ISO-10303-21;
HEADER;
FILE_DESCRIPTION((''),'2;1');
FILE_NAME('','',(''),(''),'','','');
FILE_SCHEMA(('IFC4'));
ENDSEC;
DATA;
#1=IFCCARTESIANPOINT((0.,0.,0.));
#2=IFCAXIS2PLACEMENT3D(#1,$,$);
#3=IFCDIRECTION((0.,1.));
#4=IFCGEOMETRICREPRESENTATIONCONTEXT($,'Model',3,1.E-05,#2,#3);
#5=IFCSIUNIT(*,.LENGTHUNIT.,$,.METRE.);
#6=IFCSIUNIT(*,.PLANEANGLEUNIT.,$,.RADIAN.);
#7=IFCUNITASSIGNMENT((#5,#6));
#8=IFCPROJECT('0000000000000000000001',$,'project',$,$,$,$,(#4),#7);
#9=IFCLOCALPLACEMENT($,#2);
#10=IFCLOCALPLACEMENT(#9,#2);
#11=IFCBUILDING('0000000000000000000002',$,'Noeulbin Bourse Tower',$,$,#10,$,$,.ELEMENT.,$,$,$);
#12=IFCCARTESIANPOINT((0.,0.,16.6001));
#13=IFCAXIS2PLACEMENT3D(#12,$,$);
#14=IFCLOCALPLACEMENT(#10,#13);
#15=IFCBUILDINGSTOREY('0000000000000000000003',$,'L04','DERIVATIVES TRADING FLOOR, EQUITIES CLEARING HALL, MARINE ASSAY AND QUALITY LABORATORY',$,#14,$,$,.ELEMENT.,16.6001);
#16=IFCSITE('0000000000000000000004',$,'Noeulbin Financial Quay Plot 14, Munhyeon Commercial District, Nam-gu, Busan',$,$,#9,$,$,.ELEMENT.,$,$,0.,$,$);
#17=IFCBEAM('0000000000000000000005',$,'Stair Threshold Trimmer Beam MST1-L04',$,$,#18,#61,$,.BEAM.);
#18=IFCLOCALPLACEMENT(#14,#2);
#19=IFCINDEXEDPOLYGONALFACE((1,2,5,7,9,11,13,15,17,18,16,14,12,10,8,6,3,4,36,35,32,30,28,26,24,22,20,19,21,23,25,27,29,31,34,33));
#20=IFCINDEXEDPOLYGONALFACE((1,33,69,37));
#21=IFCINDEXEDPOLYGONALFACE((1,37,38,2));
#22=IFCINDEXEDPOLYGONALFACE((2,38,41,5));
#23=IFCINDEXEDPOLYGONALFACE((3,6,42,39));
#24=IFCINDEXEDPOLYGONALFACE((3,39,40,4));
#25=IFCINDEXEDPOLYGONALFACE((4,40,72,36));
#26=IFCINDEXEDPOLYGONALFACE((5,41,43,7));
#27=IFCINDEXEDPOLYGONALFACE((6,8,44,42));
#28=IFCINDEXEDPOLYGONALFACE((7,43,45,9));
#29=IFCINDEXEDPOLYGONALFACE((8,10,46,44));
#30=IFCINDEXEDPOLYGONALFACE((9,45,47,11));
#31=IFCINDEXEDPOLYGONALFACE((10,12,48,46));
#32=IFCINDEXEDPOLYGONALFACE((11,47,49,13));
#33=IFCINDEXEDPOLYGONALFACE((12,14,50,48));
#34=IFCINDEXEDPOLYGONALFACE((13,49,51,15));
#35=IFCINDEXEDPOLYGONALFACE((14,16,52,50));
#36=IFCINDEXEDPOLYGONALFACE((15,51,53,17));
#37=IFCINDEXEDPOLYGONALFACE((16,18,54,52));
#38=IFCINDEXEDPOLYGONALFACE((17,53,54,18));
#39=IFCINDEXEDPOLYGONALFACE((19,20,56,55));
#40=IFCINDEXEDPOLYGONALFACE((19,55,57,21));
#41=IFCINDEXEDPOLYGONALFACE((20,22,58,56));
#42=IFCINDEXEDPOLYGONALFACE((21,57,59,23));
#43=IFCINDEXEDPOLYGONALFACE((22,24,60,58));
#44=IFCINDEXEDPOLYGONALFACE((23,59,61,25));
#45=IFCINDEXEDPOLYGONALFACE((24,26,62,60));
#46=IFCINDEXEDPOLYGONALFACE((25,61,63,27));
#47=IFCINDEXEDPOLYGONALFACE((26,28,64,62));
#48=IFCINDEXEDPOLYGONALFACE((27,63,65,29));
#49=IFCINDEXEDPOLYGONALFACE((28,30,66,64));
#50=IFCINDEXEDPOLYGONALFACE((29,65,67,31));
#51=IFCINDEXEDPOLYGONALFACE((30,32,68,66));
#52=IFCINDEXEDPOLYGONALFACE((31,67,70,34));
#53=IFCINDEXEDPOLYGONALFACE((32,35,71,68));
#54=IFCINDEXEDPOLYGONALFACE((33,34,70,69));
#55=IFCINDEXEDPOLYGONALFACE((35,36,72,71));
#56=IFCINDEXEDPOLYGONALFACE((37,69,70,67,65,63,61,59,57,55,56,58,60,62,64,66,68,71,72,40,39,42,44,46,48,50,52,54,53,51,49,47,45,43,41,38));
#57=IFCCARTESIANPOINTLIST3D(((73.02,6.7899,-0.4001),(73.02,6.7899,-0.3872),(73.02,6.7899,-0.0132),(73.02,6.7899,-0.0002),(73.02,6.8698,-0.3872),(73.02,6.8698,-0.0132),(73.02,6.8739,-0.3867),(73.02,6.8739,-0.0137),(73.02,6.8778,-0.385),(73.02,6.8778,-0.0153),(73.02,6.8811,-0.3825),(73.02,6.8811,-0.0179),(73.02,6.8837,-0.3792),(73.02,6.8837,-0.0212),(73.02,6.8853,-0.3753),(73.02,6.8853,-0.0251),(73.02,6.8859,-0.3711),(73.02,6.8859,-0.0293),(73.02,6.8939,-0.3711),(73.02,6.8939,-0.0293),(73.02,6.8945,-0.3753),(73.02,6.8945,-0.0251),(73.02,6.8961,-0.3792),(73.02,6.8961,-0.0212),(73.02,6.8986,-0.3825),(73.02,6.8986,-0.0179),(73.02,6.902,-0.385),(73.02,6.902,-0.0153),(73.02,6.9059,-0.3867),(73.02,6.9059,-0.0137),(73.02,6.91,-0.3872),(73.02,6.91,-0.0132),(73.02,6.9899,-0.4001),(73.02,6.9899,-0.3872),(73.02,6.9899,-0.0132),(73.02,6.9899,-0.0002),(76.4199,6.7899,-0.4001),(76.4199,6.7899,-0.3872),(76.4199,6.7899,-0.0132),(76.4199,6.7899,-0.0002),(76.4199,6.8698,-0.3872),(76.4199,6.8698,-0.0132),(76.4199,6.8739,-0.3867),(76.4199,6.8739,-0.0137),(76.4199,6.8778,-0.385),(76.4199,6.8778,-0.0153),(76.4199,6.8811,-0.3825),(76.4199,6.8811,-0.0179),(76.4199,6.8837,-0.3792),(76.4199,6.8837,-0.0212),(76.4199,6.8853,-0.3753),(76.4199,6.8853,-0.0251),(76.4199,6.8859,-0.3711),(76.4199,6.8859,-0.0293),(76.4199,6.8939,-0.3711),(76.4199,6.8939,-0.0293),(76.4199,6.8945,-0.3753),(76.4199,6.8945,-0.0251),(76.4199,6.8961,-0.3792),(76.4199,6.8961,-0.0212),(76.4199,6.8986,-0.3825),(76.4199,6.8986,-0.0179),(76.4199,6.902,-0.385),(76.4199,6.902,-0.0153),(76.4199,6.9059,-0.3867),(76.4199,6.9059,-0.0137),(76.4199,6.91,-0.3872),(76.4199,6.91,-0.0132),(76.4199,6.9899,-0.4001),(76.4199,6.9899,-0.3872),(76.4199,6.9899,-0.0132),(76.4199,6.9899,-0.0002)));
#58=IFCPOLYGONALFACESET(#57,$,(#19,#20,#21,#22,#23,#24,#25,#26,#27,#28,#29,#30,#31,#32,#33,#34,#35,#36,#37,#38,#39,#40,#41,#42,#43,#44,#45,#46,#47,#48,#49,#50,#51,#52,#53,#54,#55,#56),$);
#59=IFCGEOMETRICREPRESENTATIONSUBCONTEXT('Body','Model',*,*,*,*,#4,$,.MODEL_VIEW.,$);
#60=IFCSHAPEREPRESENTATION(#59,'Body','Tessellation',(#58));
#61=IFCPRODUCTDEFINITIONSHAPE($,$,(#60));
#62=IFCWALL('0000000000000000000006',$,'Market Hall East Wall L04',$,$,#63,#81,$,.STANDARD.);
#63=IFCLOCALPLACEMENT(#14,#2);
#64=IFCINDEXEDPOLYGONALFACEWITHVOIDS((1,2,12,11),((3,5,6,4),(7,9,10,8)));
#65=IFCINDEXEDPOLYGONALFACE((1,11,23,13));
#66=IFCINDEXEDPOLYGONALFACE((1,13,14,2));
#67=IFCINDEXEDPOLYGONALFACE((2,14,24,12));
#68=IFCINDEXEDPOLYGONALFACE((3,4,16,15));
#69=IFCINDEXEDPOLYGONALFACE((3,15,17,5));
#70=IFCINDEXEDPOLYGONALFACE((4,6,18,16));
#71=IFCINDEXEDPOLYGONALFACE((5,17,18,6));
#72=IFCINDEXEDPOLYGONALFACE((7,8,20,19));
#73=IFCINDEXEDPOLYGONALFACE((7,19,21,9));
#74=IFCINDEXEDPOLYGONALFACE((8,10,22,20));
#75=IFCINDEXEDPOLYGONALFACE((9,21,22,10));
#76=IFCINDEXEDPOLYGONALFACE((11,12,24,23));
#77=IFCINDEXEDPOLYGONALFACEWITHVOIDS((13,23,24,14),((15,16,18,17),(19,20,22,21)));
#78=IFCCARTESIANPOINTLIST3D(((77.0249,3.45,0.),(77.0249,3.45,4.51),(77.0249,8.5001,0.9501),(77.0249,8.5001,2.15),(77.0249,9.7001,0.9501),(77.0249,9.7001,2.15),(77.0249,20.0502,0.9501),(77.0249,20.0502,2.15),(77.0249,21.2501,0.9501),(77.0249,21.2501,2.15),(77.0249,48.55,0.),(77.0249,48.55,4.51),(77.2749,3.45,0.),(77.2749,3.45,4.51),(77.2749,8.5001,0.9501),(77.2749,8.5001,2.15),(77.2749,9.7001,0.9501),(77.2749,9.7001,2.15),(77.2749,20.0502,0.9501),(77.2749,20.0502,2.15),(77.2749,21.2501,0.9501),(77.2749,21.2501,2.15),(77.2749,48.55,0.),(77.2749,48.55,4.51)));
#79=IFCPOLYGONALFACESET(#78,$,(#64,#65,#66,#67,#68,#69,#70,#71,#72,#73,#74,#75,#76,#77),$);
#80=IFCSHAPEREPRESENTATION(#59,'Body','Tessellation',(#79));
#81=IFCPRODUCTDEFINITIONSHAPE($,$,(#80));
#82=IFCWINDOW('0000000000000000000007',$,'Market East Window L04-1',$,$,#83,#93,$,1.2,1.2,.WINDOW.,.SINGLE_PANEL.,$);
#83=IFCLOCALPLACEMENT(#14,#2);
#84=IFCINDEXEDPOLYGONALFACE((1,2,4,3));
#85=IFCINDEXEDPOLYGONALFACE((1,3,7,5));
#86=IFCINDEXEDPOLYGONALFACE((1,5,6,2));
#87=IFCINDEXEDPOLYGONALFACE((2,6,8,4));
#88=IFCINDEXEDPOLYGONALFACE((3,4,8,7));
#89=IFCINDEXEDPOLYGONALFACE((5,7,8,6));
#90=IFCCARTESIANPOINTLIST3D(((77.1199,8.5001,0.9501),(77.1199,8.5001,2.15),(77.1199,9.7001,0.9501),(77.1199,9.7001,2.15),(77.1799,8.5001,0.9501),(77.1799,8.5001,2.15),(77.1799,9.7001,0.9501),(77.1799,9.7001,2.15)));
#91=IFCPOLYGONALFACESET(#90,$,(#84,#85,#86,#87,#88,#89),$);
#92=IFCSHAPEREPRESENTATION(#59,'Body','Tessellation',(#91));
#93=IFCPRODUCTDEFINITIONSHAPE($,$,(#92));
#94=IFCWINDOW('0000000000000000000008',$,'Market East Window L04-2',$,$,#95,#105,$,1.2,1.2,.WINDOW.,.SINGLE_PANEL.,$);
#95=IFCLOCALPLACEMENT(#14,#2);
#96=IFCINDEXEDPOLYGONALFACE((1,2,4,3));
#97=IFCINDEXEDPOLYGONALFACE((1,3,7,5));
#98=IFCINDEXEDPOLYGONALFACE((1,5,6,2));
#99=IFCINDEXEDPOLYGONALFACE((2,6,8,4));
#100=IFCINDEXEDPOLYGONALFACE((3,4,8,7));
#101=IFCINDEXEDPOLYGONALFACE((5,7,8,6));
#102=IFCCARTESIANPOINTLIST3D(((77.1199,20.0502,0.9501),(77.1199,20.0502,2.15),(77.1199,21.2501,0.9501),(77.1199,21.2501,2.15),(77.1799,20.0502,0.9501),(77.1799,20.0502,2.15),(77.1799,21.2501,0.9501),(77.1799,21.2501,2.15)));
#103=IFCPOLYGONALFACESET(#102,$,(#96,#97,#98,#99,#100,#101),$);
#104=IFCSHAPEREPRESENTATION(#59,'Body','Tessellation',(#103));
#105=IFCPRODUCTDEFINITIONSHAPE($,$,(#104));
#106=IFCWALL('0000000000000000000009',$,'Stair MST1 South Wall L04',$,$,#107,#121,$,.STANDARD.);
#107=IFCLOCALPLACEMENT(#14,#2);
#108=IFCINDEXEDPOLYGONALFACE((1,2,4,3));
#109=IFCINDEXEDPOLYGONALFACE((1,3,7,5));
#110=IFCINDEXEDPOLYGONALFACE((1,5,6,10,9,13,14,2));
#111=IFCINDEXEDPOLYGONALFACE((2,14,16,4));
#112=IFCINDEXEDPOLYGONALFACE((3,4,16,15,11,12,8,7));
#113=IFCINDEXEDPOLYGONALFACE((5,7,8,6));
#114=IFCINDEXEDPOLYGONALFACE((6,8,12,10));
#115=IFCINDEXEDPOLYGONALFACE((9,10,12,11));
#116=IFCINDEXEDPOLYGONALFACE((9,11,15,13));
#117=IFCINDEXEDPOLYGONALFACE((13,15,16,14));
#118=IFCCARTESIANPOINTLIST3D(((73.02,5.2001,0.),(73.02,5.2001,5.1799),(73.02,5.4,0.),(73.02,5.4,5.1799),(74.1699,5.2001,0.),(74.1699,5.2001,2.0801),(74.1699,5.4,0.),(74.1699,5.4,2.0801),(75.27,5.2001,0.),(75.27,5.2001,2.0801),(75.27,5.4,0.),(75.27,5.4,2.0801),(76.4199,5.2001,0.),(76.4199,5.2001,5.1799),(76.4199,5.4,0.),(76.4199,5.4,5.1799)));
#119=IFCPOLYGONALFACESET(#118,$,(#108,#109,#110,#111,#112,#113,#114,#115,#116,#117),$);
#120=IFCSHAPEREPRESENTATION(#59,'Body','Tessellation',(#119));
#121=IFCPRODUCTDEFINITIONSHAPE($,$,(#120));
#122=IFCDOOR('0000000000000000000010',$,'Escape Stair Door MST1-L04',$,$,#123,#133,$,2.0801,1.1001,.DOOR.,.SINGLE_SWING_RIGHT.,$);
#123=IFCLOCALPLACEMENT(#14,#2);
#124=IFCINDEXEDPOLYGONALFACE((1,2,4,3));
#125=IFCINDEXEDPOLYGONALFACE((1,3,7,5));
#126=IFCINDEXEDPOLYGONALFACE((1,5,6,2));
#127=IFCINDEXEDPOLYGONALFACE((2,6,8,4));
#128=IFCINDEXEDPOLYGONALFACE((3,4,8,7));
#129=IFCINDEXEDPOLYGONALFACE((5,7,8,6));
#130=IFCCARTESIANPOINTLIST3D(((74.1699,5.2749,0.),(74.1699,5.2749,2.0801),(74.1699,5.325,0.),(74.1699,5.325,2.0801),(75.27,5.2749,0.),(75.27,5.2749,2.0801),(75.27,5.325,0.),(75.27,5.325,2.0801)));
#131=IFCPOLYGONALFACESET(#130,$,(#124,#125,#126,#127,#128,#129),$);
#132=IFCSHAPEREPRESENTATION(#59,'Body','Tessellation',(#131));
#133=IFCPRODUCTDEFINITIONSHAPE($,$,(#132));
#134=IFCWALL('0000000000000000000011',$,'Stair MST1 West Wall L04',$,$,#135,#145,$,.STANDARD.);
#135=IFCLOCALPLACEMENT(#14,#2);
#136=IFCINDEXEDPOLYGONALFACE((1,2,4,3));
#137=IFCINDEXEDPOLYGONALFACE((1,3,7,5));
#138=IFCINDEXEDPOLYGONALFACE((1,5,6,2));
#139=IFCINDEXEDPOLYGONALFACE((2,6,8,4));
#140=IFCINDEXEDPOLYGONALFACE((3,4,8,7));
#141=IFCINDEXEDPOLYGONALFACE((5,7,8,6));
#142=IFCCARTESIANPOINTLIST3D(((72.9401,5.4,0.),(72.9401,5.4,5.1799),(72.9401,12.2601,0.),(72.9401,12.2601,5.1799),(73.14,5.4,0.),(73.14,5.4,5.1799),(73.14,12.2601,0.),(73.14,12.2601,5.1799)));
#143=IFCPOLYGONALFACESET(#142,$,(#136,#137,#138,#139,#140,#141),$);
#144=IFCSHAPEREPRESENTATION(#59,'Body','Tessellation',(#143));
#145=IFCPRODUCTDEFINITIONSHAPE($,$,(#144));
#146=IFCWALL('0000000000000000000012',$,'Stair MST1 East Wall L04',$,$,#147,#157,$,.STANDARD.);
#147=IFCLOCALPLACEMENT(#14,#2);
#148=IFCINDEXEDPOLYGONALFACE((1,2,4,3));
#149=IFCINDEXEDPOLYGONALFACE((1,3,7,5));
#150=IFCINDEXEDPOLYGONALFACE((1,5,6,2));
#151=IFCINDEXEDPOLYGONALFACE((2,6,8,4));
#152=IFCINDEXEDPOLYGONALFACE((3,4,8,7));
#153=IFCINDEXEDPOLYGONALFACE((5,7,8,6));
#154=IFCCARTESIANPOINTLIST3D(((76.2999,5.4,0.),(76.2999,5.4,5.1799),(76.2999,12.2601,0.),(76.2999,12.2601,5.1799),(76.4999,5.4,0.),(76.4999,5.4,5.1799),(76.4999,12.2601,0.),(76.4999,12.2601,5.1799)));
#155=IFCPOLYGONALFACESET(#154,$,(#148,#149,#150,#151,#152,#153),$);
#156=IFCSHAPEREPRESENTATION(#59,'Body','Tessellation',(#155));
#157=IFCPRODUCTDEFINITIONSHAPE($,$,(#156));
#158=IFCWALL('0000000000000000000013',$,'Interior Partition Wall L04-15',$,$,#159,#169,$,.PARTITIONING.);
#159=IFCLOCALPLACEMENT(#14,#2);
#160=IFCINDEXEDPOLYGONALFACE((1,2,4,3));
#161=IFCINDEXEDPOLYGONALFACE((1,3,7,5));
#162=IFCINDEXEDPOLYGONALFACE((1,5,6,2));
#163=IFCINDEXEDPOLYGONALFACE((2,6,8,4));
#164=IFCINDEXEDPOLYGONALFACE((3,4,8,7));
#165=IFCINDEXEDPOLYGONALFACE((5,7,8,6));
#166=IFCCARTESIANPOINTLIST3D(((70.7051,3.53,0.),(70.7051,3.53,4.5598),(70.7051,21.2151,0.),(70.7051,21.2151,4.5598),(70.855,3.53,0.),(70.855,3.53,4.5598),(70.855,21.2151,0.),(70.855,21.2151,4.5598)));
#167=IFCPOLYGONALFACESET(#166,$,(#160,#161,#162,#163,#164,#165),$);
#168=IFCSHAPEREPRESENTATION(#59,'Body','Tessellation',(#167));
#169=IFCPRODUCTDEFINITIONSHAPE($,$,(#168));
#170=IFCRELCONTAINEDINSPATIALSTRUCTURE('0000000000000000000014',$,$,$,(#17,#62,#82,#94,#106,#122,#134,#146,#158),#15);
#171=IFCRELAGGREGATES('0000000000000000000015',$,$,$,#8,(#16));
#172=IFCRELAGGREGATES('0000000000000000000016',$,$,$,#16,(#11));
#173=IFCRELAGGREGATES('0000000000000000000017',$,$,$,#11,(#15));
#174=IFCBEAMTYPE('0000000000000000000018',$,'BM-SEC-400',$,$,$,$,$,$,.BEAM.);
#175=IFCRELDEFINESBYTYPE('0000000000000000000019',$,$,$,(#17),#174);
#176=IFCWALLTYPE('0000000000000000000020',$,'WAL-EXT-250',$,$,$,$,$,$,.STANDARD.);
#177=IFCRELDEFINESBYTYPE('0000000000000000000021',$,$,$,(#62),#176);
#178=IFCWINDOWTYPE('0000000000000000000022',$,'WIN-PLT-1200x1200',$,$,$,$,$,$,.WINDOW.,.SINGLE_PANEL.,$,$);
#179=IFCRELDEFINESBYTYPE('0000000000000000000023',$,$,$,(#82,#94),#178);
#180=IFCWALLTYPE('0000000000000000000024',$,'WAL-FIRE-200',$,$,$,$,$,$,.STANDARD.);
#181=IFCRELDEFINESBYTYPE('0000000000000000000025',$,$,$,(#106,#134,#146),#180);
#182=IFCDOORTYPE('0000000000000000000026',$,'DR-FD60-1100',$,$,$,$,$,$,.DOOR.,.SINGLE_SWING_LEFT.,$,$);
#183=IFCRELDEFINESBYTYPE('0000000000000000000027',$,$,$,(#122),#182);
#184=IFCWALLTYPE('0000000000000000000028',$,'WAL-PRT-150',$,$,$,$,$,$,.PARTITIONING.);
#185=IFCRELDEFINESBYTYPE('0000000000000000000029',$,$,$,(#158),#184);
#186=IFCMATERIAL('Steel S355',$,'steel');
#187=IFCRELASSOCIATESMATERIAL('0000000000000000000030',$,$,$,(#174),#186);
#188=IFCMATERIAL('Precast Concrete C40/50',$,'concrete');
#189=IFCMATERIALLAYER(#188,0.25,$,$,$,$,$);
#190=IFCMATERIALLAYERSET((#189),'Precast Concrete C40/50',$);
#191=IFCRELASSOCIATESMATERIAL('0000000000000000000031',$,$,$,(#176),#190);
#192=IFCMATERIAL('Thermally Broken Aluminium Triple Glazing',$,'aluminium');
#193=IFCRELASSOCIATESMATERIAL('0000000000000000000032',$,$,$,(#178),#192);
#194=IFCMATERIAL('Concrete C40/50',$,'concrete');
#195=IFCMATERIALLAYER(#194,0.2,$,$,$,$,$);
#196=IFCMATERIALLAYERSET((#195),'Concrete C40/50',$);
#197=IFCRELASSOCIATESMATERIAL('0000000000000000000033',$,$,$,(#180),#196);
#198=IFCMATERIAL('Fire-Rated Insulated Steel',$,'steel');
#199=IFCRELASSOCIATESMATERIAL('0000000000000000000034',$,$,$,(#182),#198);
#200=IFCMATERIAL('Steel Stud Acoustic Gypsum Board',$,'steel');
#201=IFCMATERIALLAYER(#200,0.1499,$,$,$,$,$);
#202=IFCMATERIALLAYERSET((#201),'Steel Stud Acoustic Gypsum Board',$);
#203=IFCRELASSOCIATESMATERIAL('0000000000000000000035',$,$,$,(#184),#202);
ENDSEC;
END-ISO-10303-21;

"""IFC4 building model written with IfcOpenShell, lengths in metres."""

from ifc_helpers import new_model, si_unit, direction, frame, frame_2d, origin, origin_2d, place, context, subcontext, project, spatial, rectangle, i_section, extrude, material, layer, layer_set, material_profile, profile_set, type_object, element, fill, save


model = new_model("IFC4")

# Units and contexts
model_context = context("Model", 3, precision=1e-05, world=origin(), true_north=direction((0.0, 1.0)))
body_context = subcontext(model_context, "Body", "Model", "MODEL_VIEW")
ifc_project = project(units=[si_unit("LENGTHUNIT", "METRE"), si_unit("PLANEANGLEUNIT", "RADIAN")], contexts=[model_context])

# Site, building, storey
site_placement = place(None, origin())
site = spatial("IfcSite", under=ifc_project, at=site_placement, Name="Noeulbin Financial Quay Plot 14, Munhyeon Commercial District, Nam-gu, Busan", CompositionType="ELEMENT", RefElevation=0.0)
building_placement = place(site_placement, origin())
building = spatial("IfcBuilding", under=site, at=building_placement, Name="Noeulbin Bourse Tower", CompositionType="ELEMENT")
storey_placement = place(building_placement, frame((0.0, 0.0, 16.6001)))
storey = spatial("IfcBuildingStorey", under=building, at=storey_placement, Name="L04", Description="DERIVATIVES TRADING FLOOR, EQUITIES CLEARING HALL, MARINE ASSAY AND QUALITY LABORATORY", CompositionType="ELEMENT", Elevation=16.6001)

# Shared definitions
ifc_material_1 = material(Name="Steel S355", Category="steel")

# Beam
ifc_material_profile_1 = material_profile(ifc_material_1, i_section(OverallWidth=0.2, OverallDepth=0.3999, WebThickness=0.0081, FlangeThickness=0.0129, FilletRadius=0.0161, at=origin_2d()), Name="H-400x200x8x13", Category="LoadBearing")
ifc_profile_set_1 = profile_set([ifc_material_profile_1], Name="Steel S355")
beam_type_1 = type_object("IfcBeamType", Name="BM-SEC-400", PredefinedType="BEAM", material=ifc_profile_set_1)
beam_1_placement = place(storey_placement, frame((73.02, 6.8899, -0.2002), z_axis=(1.0, 0.0, 0.0), x_axis=(0.0, 1.0, 0.0)))
element("IfcBeam", 1, at=beam_1_placement, inside=storey, type_object=beam_type_1, Name="Stair Threshold Trimmer Beam MST1-L04", PredefinedType="BEAM", context=body_context, shape_type="SweptSolid", body=[
    extrude(i_section(OverallWidth=0.2, OverallDepth=0.3999, WebThickness=0.0081, FlangeThickness=0.0129, FilletRadius=0.0161, at=origin_2d()), origin(), (0.0, 0.0, 1.0), 3.3999),
])

# Wall, openings, windows
ifc_material_2 = material(Name="Precast Concrete C40/50", Category="concrete")
ifc_layer_1 = layer(ifc_material_2, 0.25)
ifc_layer_set_1 = layer_set([ifc_layer_1], Name="Precast Concrete C40/50")
wall_type_1 = type_object("IfcWallType", Name="WAL-EXT-250", PredefinedType="STANDARD", material=ifc_layer_set_1)
wall_1_placement = place(storey_placement, frame((77.1499, 3.45, 0.0), z_axis=(0.0, 0.0, 1.0), x_axis=(0.0, 1.0, 0.0)))
wall_1 = element("IfcWall", 2, at=wall_1_placement, inside=storey, type_object=wall_type_1, Name="Market Hall East Wall L04", PredefinedType="STANDARD", context=body_context, shape_type="SweptSolid", body=[
    extrude(rectangle(XDim=45.1001, YDim=0.25, at=frame_2d((22.55, 0.0))), origin(), (0.0, 0.0, 1.0), 4.51),
])
opening_1_placement = place(wall_1_placement, frame((5.05, 0.0, 0.95)))
opening_1 = element("IfcOpeningElement", 3, at=opening_1_placement, cuts=wall_1, PredefinedType="OPENING", context=body_context, shape_type="SweptSolid", body=[
    extrude(rectangle(XDim=1.2, YDim=1.2, at=frame_2d((0.6001, 0.6001))), frame((0.0, 0.135, 0.0), z_axis=(0.0, -1.0, 0.0), x_axis=(1.0, 0.0, 0.0)), (0.0, 0.0, 1.0), 0.27),
])
opening_2_placement = place(wall_1_placement, frame((16.6001, 0.0, 0.95)))
opening_2 = element("IfcOpeningElement", 4, at=opening_2_placement, cuts=wall_1, PredefinedType="OPENING", context=body_context, shape_type="SweptSolid", body=[
    extrude(rectangle(XDim=1.2, YDim=1.2, at=frame_2d((0.6001, 0.6001))), frame((0.0, 0.135, 0.0), z_axis=(0.0, -1.0, 0.0), x_axis=(1.0, 0.0, 0.0)), (0.0, 0.0, 1.0), 0.27),
])
ifc_material_3 = material(Name="Thermally Broken Aluminium Triple Glazing", Category="aluminium")
window_type = type_object("IfcWindowType", Name="WIN-PLT-1200x1200", PartitioningType="SINGLE_PANEL", PredefinedType="WINDOW", material=ifc_material_3)
window_1_placement = place(opening_1_placement, origin())
window_1 = element("IfcWindow", 5, at=window_1_placement, inside=storey, type_object=window_type, Name="Market East Window L04-1", OverallHeight=1.2, OverallWidth=1.2, PartitioningType="SINGLE_PANEL", PredefinedType="WINDOW", context=body_context, shape_type="SweptSolid", body=[
    extrude(rectangle(XDim=1.2, YDim=1.2, at=frame_2d((0.6001, 0.6001))), frame((0.0, 0.03, 0.0), z_axis=(0.0, -1.0, 0.0), x_axis=(1.0, 0.0, 0.0)), (0.0, 0.0, 1.0), 0.0601),
])
fill(opening_1, window_1)
window_2_placement = place(opening_2_placement, origin())
window_2 = element("IfcWindow", 6, at=window_2_placement, inside=storey, type_object=window_type, Name="Market East Window L04-2", OverallHeight=1.2, OverallWidth=1.2, PartitioningType="SINGLE_PANEL", PredefinedType="WINDOW", context=body_context, shape_type="SweptSolid", body=[
    extrude(rectangle(XDim=1.2, YDim=1.2, at=frame_2d((0.6001, 0.6001))), frame((0.0, 0.03, 0.0), z_axis=(0.0, -1.0, 0.0), x_axis=(1.0, 0.0, 0.0)), (0.0, 0.0, 1.0), 0.0601),
])
fill(opening_2, window_2)

# Wall, opening, door
ifc_material_4 = material(Name="Concrete C40/50", Category="concrete")
ifc_layer_2 = layer(ifc_material_4, 0.2)
ifc_layer_set_2 = layer_set([ifc_layer_2], Name="Concrete C40/50")
wall_type_2 = type_object("IfcWallType", Name="WAL-FIRE-200", PredefinedType="STANDARD", material=ifc_layer_set_2)
wall_2_placement = place(storey_placement, frame((73.02, 5.3, 0.0), z_axis=(0.0, 0.0, 1.0), x_axis=(1.0, 0.0, 0.0)))
wall_2 = element("IfcWall", 7, at=wall_2_placement, inside=storey, type_object=wall_type_2, Name="Stair MST1 South Wall L04", PredefinedType="STANDARD", context=body_context, shape_type="SweptSolid", body=[
    extrude(rectangle(XDim=3.3999, YDim=0.2, at=frame_2d((1.7, 0.0))), origin(), (0.0, 0.0, 1.0), 5.1799),
])
opening_3_placement = place(wall_2_placement, frame((1.1499, 0.0, 0.0)))
opening_3 = element("IfcOpeningElement", 8, at=opening_3_placement, cuts=wall_2, PredefinedType="OPENING", context=body_context, shape_type="SweptSolid", body=[
    extrude(rectangle(XDim=1.1001, YDim=2.0801, at=frame_2d((0.55, 1.04))), frame((0.0, 0.1099, 0.0), z_axis=(0.0, -1.0, 0.0), x_axis=(1.0, 0.0, 0.0)), (0.0, 0.0, 1.0), 0.22),
])
ifc_material_5 = material(Name="Fire-Rated Insulated Steel", Category="steel")
door_type = type_object("IfcDoorType", Name="DR-FD60-1100", OperationType="SINGLE_SWING_LEFT", PredefinedType="DOOR", material=ifc_material_5)
door_placement = place(opening_3_placement, origin())
door = element("IfcDoor", 9, at=door_placement, inside=storey, type_object=door_type, Name="Escape Stair Door MST1-L04", OperationType="SINGLE_SWING_RIGHT", OverallHeight=2.0801, OverallWidth=1.1001, PredefinedType="DOOR", context=body_context, shape_type="SweptSolid", body=[
    extrude(rectangle(XDim=1.1001, YDim=2.0801, at=frame_2d((0.55, 1.04))), frame((0.0, 0.0249, 0.0), z_axis=(0.0, -1.0, 0.0), x_axis=(1.0, 0.0, 0.0)), (0.0, 0.0, 1.0), 0.05),
])
fill(opening_3, door)

# Walls
for number, where, z_axis, x_axis, name in (
    (10, (73.04, 5.3999, 0.0), (0.0, 0.0, 1.0), (0.0, 1.0, 0.0), "Stair MST1 West Wall L04"),
    (11, (76.3999, 5.3999, 0.0), (0.0, 0.0, 1.0), (0.0, 1.0, 0.0), "Stair MST1 East Wall L04"),
):
    element("IfcWall", number, at=place(storey_placement, frame(where, z_axis=z_axis, x_axis=x_axis)), inside=storey, type_object=wall_type_2, Name=name, PredefinedType="STANDARD", context=body_context, shape_type="SweptSolid", body=[
        extrude(rectangle(XDim=6.8601, YDim=0.2, at=frame_2d((3.4302, 0.0))), origin(), (0.0, 0.0, 1.0), 5.1799),
    ])
ifc_material_6 = material(Name="Steel Stud Acoustic Gypsum Board", Category="steel")
ifc_layer_3 = layer(ifc_material_6, 0.1499)
ifc_layer_set_3 = layer_set([ifc_layer_3], Name="Steel Stud Acoustic Gypsum Board")
wall_type_3 = type_object("IfcWallType", Name="WAL-PRT-150", PredefinedType="PARTITIONING", material=ifc_layer_set_3)
wall_3_placement = place(storey_placement, frame((70.78, 3.53, 0.0), z_axis=(0.0, 0.0, 1.0), x_axis=(0.0, 1.0, 0.0)))
element("IfcWall", 12, at=wall_3_placement, inside=storey, type_object=wall_type_3, Name="Interior Partition Wall L04-15", PredefinedType="PARTITIONING", context=body_context, shape_type="SweptSolid", body=[
    extrude(rectangle(XDim=17.6851, YDim=0.1499, at=frame_2d((8.8425, 0.0))), origin(), (0.0, 0.0, 1.0), 4.5598),
])

save(model, "model.ifc")
